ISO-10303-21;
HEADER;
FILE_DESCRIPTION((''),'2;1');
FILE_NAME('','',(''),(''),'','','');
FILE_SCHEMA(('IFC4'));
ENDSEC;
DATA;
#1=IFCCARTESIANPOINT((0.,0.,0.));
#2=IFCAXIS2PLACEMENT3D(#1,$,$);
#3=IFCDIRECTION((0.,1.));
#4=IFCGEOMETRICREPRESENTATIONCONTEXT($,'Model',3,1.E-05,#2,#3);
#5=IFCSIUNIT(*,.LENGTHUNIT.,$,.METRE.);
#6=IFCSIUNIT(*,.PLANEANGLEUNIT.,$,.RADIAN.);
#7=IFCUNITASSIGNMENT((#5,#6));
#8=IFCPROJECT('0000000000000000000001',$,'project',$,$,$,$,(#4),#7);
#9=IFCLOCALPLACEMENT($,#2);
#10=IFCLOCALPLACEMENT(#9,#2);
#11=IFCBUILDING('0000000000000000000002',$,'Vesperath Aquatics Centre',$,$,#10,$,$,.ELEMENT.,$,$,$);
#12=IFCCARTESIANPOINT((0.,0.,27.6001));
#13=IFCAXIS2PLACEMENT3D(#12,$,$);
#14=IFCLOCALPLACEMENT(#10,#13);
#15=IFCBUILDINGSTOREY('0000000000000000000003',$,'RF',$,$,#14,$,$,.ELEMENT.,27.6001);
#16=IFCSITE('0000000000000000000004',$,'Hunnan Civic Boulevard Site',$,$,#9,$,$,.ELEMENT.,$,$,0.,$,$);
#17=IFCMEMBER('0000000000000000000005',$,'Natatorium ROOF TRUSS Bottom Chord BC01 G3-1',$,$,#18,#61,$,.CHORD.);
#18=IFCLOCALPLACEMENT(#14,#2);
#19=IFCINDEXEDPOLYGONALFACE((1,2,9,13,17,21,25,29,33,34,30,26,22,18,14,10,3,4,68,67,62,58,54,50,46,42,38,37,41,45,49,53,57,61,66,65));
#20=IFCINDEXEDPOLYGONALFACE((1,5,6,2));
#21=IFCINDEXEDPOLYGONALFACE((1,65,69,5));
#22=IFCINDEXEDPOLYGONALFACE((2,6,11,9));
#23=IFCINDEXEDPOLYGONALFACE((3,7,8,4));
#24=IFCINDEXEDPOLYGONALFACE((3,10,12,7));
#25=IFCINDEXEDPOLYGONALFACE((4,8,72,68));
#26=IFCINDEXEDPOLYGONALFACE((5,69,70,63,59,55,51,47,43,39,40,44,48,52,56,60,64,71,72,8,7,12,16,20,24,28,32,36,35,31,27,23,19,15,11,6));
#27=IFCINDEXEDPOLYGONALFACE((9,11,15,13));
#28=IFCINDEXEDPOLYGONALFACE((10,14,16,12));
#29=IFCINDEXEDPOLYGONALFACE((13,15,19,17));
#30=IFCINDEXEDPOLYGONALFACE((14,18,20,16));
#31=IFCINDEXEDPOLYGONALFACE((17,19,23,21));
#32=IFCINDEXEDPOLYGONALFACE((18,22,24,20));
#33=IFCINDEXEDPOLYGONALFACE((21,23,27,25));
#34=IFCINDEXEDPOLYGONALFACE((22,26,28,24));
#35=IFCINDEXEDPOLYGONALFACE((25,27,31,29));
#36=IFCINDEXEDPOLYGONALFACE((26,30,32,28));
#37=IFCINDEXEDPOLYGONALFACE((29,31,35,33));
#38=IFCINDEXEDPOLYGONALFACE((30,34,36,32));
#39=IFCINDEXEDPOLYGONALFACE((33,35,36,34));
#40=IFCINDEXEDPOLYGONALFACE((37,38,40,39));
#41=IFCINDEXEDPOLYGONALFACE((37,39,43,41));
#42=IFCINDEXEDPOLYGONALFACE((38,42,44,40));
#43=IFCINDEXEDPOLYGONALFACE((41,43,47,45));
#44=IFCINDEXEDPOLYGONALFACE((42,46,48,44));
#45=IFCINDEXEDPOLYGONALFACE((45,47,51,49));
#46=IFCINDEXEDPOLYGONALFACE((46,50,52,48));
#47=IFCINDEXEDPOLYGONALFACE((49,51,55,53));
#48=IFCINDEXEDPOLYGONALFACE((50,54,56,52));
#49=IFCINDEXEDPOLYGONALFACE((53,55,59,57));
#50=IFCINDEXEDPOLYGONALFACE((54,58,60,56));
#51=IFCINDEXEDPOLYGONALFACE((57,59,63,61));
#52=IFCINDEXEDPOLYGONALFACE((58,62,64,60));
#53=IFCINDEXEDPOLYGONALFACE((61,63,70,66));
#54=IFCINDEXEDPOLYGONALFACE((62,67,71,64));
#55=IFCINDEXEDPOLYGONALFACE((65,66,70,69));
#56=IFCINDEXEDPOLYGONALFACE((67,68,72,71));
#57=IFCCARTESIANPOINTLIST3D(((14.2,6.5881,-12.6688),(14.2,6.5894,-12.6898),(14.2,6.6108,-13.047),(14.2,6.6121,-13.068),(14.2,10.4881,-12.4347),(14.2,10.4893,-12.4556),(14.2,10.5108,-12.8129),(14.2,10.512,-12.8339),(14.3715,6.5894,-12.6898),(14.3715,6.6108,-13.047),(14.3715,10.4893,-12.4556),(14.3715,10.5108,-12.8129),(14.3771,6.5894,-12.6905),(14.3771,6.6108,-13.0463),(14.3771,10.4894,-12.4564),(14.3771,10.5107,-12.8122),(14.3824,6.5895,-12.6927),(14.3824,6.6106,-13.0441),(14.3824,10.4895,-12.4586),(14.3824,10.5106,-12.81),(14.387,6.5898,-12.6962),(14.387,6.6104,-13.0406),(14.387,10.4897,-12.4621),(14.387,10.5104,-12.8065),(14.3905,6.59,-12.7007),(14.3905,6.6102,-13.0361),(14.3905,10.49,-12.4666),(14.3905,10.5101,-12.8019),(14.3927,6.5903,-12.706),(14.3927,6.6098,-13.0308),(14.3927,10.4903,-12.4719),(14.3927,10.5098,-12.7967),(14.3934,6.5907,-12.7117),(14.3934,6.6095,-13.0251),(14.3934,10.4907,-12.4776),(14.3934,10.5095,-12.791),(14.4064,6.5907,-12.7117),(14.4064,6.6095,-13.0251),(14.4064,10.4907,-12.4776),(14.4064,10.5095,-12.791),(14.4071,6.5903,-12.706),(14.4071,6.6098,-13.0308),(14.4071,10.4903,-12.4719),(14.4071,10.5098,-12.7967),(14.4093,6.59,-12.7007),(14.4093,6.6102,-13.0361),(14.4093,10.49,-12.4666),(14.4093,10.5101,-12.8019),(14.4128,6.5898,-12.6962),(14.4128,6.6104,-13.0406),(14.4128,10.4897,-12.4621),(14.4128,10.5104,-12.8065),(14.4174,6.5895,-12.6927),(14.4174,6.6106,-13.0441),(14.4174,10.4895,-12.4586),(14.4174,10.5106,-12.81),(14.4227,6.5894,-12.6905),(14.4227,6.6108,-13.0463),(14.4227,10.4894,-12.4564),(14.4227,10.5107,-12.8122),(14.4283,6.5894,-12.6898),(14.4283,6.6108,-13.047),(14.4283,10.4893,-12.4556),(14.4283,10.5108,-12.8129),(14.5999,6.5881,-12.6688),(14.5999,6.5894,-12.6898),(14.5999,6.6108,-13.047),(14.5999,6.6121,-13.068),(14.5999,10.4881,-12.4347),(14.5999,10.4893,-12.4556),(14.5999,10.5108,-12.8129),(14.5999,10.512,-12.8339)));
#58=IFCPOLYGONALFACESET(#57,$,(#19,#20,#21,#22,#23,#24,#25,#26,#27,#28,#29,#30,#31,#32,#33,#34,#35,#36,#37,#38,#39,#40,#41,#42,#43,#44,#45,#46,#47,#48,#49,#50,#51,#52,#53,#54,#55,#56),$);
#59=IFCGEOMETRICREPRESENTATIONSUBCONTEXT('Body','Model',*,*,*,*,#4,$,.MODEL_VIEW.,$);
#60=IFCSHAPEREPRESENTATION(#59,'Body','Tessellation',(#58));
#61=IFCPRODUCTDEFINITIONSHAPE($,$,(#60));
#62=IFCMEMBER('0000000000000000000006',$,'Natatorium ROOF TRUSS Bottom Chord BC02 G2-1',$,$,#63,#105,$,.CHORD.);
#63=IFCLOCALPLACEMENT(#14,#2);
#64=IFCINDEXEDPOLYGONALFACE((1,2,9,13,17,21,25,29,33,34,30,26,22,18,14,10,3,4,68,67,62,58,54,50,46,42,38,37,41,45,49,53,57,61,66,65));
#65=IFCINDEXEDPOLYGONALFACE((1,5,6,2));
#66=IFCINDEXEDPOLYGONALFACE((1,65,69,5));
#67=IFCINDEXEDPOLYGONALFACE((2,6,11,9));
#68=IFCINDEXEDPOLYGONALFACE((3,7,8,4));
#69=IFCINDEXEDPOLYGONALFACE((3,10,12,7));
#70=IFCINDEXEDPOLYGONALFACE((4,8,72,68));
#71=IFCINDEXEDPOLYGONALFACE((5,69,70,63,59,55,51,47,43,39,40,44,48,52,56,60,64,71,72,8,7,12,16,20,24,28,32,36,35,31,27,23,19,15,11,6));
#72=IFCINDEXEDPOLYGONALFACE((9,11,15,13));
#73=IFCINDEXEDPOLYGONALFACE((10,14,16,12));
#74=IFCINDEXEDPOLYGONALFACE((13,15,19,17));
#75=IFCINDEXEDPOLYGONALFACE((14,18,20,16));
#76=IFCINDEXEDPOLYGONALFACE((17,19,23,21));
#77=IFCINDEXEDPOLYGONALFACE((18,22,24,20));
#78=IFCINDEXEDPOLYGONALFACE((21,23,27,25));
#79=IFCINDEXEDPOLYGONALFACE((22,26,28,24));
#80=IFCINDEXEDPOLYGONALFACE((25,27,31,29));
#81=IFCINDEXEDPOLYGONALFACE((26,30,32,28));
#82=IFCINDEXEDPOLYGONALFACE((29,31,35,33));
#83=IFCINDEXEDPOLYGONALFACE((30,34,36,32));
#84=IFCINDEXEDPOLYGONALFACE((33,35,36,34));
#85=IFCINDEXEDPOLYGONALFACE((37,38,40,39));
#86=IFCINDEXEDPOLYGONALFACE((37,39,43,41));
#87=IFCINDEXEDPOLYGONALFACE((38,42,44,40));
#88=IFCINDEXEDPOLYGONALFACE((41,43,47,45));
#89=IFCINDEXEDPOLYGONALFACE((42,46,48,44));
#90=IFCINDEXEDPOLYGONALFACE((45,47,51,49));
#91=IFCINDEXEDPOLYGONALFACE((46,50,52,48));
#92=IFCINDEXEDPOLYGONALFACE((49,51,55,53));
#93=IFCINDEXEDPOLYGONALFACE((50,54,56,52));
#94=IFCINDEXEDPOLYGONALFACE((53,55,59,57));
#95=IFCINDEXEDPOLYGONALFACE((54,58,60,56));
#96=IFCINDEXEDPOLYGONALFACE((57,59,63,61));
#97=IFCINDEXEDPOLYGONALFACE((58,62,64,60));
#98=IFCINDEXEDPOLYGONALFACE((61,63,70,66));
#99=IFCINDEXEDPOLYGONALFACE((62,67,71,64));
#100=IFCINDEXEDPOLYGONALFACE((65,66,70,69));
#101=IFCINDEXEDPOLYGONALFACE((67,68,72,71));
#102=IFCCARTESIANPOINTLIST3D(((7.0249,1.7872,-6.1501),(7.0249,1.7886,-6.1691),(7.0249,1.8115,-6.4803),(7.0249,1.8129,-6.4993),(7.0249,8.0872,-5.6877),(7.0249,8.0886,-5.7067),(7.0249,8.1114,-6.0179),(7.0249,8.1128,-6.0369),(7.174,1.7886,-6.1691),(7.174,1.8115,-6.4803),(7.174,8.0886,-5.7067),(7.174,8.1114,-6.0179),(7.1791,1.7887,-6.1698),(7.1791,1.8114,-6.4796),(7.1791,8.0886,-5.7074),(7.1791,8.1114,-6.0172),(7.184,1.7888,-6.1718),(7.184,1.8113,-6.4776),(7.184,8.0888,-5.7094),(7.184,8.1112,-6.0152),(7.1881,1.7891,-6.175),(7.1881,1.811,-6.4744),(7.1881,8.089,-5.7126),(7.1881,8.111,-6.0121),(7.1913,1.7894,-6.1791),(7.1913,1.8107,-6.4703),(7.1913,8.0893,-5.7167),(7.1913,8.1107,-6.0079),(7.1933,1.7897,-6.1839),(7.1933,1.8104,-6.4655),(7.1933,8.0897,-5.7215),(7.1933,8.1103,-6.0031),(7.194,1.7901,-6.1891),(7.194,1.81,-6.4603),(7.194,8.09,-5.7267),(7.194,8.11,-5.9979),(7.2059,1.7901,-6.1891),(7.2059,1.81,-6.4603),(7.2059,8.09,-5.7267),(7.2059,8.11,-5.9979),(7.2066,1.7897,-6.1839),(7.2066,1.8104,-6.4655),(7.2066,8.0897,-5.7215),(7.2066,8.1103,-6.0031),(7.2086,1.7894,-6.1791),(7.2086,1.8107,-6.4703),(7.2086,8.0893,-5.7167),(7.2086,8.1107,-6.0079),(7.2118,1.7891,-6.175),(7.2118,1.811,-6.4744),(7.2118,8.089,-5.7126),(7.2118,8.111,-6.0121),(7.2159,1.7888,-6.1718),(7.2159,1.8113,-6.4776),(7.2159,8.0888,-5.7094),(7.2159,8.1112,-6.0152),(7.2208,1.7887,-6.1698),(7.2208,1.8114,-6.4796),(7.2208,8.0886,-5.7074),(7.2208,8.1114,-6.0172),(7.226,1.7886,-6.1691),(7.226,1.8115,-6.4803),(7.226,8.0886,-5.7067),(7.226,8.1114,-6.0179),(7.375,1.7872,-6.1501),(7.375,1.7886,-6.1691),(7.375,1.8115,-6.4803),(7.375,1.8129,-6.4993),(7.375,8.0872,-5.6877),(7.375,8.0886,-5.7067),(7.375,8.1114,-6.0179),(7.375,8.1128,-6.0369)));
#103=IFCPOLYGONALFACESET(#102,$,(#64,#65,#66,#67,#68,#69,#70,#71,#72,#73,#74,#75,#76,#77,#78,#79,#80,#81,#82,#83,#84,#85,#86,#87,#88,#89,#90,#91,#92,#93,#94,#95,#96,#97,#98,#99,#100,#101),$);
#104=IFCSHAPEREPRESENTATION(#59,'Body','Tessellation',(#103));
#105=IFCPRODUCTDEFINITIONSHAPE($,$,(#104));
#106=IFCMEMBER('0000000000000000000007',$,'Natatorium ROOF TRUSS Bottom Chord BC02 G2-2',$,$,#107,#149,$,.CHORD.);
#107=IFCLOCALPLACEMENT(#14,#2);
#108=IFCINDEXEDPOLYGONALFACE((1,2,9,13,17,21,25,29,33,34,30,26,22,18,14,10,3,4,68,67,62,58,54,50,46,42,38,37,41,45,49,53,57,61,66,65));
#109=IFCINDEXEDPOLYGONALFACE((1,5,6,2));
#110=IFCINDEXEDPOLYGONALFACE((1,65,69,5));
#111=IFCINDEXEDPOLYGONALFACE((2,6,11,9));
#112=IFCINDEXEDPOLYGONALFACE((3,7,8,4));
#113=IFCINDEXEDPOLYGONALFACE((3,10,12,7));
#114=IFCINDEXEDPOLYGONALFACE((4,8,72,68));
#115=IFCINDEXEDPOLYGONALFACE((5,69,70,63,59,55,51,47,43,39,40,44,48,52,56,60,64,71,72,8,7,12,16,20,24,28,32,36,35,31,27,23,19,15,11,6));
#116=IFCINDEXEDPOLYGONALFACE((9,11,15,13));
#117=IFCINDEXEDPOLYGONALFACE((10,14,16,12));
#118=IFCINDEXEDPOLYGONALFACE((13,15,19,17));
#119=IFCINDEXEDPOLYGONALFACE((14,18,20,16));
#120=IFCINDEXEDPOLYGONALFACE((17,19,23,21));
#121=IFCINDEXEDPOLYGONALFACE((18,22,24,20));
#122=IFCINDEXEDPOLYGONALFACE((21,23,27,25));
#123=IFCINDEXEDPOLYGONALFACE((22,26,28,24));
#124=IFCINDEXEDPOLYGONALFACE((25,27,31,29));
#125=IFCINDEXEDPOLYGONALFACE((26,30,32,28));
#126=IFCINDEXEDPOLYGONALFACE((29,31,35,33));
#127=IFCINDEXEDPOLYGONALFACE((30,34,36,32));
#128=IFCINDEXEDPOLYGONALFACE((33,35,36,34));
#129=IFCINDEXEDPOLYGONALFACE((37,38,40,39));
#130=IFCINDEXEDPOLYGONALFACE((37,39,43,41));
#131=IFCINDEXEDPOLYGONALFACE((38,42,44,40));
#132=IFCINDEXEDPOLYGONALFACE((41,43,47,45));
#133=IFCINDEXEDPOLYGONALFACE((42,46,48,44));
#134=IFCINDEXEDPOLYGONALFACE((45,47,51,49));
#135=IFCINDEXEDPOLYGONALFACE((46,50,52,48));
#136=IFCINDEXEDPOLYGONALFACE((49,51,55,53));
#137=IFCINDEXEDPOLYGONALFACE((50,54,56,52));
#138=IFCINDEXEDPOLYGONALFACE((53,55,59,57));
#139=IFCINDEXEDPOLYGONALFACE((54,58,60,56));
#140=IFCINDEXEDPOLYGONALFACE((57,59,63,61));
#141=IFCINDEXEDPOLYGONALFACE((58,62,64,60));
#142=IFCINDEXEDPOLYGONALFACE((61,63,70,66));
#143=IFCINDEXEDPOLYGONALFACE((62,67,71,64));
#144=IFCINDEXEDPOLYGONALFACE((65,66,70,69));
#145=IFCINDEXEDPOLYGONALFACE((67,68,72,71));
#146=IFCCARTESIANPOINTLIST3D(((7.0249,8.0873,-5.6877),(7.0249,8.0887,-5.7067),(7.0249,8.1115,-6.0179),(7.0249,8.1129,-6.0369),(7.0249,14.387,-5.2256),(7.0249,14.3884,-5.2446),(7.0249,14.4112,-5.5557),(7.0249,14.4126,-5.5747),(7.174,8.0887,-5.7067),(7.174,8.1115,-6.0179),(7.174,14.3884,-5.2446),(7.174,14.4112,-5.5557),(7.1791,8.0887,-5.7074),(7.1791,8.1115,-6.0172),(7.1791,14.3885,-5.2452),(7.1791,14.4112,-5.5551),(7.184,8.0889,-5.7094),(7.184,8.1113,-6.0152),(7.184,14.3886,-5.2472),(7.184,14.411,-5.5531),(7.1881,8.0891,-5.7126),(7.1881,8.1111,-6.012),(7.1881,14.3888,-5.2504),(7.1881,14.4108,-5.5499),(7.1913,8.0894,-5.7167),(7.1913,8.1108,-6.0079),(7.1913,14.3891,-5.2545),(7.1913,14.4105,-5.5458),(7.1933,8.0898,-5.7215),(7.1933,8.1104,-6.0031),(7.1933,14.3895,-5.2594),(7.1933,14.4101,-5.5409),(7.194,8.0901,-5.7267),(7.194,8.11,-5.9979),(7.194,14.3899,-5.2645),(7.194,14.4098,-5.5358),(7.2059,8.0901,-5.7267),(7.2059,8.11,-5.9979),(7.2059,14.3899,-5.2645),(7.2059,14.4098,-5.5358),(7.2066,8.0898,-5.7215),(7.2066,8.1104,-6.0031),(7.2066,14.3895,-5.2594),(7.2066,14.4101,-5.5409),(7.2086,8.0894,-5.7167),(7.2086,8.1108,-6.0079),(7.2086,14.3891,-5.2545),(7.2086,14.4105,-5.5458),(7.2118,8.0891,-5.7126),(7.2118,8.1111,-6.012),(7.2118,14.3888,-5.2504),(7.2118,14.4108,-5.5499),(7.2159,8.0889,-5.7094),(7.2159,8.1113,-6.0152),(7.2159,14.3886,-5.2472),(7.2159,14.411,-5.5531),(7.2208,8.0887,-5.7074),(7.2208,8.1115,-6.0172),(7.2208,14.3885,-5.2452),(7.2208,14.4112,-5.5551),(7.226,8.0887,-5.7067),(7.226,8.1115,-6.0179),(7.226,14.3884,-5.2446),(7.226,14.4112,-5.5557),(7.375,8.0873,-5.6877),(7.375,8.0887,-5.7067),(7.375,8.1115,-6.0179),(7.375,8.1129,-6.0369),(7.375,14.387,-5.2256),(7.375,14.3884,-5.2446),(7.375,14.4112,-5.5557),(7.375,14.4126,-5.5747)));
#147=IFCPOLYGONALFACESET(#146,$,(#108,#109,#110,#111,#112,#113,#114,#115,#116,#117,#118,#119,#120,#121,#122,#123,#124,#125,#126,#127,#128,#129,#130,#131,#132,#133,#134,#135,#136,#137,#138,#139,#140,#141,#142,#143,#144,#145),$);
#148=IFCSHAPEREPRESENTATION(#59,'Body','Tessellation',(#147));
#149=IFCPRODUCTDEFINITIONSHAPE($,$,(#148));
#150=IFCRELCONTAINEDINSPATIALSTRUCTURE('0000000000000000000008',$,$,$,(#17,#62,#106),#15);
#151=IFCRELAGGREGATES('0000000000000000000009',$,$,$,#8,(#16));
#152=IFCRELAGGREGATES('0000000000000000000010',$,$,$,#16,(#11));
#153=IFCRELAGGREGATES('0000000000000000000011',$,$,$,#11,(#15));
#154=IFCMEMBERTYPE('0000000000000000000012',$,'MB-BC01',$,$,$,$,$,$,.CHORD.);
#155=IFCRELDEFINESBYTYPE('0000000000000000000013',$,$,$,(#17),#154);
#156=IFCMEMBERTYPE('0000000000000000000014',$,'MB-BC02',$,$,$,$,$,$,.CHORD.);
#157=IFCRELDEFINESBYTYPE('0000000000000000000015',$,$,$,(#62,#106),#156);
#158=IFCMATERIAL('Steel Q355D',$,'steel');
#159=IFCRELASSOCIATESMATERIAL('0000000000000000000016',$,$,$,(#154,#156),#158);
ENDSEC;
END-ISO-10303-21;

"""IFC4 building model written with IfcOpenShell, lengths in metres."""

from ifc_helpers import new_model, si_unit, direction, frame, origin, origin_2d, place, context, subcontext, project, spatial, i_section, extrude, material, material_profile, profile_set, type_object, element, save


model = new_model("IFC4")

# Units and contexts
model_context = context("Model", 3, precision=1e-05, world=origin(), true_north=direction((0.0, 1.0)))
body_context = subcontext(model_context, "Body", "Model", "MODEL_VIEW")
ifc_project = project(units=[si_unit("LENGTHUNIT", "METRE"), si_unit("PLANEANGLEUNIT", "RADIAN")], contexts=[model_context])

# Site, building, storey
site_placement = place(None, origin())
site = spatial("IfcSite", under=ifc_project, at=site_placement, Name="Hunnan Civic Boulevard Site", CompositionType="ELEMENT", RefElevation=0.0)
building_placement = place(site_placement, origin())
building = spatial("IfcBuilding", under=site, at=building_placement, Name="Vesperath Aquatics Centre", CompositionType="ELEMENT")
storey_placement = place(building_placement, frame((0.0, 0.0, 27.6001)))
storey = spatial("IfcBuildingStorey", under=building, at=storey_placement, Name="RF", CompositionType="ELEMENT", Elevation=27.6001)

# Members
ifc_material_1 = material(Name="Steel Q355D", Category="steel")
ifc_material_profile_1 = material_profile(ifc_material_1, i_section(OverallWidth=0.3999, OverallDepth=0.3999, WebThickness=0.0129, FlangeThickness=0.021, FilletRadius=0.022, at=origin_2d()), Name="HW 400x400x13x21")
ifc_profile_set_1 = profile_set([ifc_material_profile_1], Name="Steel Q355D")
member_type_1 = type_object("IfcMemberType", Name="MB-BC01", PredefinedType="CHORD", material=ifc_profile_set_1)
member_1_placement = place(storey_placement, frame((14.3999, 6.6001, -12.8684), z_axis=(0.0, 0.998203, 0.059927), x_axis=(-1.0, 0.0, 0.0)))
element("IfcMember", 1, at=member_1_placement, inside=storey, type_object=member_type_1, Name="Natatorium ROOF TRUSS Bottom Chord BC01 G3-1", PredefinedType="CHORD", context=body_context, shape_type="SweptSolid", body=[
    extrude(i_section(OverallWidth=0.3999, OverallDepth=0.3999, WebThickness=0.0129, FlangeThickness=0.021, FilletRadius=0.022, at=origin_2d()), origin(), (0.0, 0.0, 1.0), 3.907),
])
ifc_material_profile_2 = material_profile(ifc_material_1, i_section(OverallWidth=0.3501, OverallDepth=0.3501, WebThickness=0.012, FlangeThickness=0.019, FilletRadius=0.02, at=origin_2d()), Name="HW 350x350x12x19")
ifc_profile_set_2 = profile_set([ifc_material_profile_2], Name="Steel Q355D")
member_type_2 = type_object("IfcMemberType", Name="MB-BC02", PredefinedType="CHORD", material=ifc_profile_set_2)
member_2_placement = place(storey_placement, frame((7.2, 1.8, -6.3247), z_axis=(0.0, 0.997317, 0.0732), x_axis=(-1.0, 0.0, 0.0)))
element("IfcMember", 2, at=member_2_placement, inside=storey, type_object=member_type_2, Name="Natatorium ROOF TRUSS Bottom Chord BC02 G2-1", PredefinedType="CHORD", context=body_context, shape_type="SweptSolid", body=[
    extrude(i_section(OverallWidth=0.3501, OverallDepth=0.3501, WebThickness=0.012, FlangeThickness=0.019, FilletRadius=0.02, at=origin_2d()), origin(), (0.0, 0.0, 1.0), 6.3169),
])
member_3_placement = place(storey_placement, frame((7.2, 8.1001, -5.8623), z_axis=(0.0, 0.99732, 0.073164), x_axis=(-1.0, 0.0, 0.0)))
element("IfcMember", 3, at=member_3_placement, inside=storey, type_object=member_type_2, Name="Natatorium ROOF TRUSS Bottom Chord BC02 G2-2", PredefinedType="CHORD", context=body_context, shape_type="SweptSolid", body=[
    extrude(i_section(OverallWidth=0.3501, OverallDepth=0.3501, WebThickness=0.012, FlangeThickness=0.019, FilletRadius=0.02, at=origin_2d()), origin(), (0.0, 0.0, 1.0), 6.3167),
])

save(model, "model.ifc")
